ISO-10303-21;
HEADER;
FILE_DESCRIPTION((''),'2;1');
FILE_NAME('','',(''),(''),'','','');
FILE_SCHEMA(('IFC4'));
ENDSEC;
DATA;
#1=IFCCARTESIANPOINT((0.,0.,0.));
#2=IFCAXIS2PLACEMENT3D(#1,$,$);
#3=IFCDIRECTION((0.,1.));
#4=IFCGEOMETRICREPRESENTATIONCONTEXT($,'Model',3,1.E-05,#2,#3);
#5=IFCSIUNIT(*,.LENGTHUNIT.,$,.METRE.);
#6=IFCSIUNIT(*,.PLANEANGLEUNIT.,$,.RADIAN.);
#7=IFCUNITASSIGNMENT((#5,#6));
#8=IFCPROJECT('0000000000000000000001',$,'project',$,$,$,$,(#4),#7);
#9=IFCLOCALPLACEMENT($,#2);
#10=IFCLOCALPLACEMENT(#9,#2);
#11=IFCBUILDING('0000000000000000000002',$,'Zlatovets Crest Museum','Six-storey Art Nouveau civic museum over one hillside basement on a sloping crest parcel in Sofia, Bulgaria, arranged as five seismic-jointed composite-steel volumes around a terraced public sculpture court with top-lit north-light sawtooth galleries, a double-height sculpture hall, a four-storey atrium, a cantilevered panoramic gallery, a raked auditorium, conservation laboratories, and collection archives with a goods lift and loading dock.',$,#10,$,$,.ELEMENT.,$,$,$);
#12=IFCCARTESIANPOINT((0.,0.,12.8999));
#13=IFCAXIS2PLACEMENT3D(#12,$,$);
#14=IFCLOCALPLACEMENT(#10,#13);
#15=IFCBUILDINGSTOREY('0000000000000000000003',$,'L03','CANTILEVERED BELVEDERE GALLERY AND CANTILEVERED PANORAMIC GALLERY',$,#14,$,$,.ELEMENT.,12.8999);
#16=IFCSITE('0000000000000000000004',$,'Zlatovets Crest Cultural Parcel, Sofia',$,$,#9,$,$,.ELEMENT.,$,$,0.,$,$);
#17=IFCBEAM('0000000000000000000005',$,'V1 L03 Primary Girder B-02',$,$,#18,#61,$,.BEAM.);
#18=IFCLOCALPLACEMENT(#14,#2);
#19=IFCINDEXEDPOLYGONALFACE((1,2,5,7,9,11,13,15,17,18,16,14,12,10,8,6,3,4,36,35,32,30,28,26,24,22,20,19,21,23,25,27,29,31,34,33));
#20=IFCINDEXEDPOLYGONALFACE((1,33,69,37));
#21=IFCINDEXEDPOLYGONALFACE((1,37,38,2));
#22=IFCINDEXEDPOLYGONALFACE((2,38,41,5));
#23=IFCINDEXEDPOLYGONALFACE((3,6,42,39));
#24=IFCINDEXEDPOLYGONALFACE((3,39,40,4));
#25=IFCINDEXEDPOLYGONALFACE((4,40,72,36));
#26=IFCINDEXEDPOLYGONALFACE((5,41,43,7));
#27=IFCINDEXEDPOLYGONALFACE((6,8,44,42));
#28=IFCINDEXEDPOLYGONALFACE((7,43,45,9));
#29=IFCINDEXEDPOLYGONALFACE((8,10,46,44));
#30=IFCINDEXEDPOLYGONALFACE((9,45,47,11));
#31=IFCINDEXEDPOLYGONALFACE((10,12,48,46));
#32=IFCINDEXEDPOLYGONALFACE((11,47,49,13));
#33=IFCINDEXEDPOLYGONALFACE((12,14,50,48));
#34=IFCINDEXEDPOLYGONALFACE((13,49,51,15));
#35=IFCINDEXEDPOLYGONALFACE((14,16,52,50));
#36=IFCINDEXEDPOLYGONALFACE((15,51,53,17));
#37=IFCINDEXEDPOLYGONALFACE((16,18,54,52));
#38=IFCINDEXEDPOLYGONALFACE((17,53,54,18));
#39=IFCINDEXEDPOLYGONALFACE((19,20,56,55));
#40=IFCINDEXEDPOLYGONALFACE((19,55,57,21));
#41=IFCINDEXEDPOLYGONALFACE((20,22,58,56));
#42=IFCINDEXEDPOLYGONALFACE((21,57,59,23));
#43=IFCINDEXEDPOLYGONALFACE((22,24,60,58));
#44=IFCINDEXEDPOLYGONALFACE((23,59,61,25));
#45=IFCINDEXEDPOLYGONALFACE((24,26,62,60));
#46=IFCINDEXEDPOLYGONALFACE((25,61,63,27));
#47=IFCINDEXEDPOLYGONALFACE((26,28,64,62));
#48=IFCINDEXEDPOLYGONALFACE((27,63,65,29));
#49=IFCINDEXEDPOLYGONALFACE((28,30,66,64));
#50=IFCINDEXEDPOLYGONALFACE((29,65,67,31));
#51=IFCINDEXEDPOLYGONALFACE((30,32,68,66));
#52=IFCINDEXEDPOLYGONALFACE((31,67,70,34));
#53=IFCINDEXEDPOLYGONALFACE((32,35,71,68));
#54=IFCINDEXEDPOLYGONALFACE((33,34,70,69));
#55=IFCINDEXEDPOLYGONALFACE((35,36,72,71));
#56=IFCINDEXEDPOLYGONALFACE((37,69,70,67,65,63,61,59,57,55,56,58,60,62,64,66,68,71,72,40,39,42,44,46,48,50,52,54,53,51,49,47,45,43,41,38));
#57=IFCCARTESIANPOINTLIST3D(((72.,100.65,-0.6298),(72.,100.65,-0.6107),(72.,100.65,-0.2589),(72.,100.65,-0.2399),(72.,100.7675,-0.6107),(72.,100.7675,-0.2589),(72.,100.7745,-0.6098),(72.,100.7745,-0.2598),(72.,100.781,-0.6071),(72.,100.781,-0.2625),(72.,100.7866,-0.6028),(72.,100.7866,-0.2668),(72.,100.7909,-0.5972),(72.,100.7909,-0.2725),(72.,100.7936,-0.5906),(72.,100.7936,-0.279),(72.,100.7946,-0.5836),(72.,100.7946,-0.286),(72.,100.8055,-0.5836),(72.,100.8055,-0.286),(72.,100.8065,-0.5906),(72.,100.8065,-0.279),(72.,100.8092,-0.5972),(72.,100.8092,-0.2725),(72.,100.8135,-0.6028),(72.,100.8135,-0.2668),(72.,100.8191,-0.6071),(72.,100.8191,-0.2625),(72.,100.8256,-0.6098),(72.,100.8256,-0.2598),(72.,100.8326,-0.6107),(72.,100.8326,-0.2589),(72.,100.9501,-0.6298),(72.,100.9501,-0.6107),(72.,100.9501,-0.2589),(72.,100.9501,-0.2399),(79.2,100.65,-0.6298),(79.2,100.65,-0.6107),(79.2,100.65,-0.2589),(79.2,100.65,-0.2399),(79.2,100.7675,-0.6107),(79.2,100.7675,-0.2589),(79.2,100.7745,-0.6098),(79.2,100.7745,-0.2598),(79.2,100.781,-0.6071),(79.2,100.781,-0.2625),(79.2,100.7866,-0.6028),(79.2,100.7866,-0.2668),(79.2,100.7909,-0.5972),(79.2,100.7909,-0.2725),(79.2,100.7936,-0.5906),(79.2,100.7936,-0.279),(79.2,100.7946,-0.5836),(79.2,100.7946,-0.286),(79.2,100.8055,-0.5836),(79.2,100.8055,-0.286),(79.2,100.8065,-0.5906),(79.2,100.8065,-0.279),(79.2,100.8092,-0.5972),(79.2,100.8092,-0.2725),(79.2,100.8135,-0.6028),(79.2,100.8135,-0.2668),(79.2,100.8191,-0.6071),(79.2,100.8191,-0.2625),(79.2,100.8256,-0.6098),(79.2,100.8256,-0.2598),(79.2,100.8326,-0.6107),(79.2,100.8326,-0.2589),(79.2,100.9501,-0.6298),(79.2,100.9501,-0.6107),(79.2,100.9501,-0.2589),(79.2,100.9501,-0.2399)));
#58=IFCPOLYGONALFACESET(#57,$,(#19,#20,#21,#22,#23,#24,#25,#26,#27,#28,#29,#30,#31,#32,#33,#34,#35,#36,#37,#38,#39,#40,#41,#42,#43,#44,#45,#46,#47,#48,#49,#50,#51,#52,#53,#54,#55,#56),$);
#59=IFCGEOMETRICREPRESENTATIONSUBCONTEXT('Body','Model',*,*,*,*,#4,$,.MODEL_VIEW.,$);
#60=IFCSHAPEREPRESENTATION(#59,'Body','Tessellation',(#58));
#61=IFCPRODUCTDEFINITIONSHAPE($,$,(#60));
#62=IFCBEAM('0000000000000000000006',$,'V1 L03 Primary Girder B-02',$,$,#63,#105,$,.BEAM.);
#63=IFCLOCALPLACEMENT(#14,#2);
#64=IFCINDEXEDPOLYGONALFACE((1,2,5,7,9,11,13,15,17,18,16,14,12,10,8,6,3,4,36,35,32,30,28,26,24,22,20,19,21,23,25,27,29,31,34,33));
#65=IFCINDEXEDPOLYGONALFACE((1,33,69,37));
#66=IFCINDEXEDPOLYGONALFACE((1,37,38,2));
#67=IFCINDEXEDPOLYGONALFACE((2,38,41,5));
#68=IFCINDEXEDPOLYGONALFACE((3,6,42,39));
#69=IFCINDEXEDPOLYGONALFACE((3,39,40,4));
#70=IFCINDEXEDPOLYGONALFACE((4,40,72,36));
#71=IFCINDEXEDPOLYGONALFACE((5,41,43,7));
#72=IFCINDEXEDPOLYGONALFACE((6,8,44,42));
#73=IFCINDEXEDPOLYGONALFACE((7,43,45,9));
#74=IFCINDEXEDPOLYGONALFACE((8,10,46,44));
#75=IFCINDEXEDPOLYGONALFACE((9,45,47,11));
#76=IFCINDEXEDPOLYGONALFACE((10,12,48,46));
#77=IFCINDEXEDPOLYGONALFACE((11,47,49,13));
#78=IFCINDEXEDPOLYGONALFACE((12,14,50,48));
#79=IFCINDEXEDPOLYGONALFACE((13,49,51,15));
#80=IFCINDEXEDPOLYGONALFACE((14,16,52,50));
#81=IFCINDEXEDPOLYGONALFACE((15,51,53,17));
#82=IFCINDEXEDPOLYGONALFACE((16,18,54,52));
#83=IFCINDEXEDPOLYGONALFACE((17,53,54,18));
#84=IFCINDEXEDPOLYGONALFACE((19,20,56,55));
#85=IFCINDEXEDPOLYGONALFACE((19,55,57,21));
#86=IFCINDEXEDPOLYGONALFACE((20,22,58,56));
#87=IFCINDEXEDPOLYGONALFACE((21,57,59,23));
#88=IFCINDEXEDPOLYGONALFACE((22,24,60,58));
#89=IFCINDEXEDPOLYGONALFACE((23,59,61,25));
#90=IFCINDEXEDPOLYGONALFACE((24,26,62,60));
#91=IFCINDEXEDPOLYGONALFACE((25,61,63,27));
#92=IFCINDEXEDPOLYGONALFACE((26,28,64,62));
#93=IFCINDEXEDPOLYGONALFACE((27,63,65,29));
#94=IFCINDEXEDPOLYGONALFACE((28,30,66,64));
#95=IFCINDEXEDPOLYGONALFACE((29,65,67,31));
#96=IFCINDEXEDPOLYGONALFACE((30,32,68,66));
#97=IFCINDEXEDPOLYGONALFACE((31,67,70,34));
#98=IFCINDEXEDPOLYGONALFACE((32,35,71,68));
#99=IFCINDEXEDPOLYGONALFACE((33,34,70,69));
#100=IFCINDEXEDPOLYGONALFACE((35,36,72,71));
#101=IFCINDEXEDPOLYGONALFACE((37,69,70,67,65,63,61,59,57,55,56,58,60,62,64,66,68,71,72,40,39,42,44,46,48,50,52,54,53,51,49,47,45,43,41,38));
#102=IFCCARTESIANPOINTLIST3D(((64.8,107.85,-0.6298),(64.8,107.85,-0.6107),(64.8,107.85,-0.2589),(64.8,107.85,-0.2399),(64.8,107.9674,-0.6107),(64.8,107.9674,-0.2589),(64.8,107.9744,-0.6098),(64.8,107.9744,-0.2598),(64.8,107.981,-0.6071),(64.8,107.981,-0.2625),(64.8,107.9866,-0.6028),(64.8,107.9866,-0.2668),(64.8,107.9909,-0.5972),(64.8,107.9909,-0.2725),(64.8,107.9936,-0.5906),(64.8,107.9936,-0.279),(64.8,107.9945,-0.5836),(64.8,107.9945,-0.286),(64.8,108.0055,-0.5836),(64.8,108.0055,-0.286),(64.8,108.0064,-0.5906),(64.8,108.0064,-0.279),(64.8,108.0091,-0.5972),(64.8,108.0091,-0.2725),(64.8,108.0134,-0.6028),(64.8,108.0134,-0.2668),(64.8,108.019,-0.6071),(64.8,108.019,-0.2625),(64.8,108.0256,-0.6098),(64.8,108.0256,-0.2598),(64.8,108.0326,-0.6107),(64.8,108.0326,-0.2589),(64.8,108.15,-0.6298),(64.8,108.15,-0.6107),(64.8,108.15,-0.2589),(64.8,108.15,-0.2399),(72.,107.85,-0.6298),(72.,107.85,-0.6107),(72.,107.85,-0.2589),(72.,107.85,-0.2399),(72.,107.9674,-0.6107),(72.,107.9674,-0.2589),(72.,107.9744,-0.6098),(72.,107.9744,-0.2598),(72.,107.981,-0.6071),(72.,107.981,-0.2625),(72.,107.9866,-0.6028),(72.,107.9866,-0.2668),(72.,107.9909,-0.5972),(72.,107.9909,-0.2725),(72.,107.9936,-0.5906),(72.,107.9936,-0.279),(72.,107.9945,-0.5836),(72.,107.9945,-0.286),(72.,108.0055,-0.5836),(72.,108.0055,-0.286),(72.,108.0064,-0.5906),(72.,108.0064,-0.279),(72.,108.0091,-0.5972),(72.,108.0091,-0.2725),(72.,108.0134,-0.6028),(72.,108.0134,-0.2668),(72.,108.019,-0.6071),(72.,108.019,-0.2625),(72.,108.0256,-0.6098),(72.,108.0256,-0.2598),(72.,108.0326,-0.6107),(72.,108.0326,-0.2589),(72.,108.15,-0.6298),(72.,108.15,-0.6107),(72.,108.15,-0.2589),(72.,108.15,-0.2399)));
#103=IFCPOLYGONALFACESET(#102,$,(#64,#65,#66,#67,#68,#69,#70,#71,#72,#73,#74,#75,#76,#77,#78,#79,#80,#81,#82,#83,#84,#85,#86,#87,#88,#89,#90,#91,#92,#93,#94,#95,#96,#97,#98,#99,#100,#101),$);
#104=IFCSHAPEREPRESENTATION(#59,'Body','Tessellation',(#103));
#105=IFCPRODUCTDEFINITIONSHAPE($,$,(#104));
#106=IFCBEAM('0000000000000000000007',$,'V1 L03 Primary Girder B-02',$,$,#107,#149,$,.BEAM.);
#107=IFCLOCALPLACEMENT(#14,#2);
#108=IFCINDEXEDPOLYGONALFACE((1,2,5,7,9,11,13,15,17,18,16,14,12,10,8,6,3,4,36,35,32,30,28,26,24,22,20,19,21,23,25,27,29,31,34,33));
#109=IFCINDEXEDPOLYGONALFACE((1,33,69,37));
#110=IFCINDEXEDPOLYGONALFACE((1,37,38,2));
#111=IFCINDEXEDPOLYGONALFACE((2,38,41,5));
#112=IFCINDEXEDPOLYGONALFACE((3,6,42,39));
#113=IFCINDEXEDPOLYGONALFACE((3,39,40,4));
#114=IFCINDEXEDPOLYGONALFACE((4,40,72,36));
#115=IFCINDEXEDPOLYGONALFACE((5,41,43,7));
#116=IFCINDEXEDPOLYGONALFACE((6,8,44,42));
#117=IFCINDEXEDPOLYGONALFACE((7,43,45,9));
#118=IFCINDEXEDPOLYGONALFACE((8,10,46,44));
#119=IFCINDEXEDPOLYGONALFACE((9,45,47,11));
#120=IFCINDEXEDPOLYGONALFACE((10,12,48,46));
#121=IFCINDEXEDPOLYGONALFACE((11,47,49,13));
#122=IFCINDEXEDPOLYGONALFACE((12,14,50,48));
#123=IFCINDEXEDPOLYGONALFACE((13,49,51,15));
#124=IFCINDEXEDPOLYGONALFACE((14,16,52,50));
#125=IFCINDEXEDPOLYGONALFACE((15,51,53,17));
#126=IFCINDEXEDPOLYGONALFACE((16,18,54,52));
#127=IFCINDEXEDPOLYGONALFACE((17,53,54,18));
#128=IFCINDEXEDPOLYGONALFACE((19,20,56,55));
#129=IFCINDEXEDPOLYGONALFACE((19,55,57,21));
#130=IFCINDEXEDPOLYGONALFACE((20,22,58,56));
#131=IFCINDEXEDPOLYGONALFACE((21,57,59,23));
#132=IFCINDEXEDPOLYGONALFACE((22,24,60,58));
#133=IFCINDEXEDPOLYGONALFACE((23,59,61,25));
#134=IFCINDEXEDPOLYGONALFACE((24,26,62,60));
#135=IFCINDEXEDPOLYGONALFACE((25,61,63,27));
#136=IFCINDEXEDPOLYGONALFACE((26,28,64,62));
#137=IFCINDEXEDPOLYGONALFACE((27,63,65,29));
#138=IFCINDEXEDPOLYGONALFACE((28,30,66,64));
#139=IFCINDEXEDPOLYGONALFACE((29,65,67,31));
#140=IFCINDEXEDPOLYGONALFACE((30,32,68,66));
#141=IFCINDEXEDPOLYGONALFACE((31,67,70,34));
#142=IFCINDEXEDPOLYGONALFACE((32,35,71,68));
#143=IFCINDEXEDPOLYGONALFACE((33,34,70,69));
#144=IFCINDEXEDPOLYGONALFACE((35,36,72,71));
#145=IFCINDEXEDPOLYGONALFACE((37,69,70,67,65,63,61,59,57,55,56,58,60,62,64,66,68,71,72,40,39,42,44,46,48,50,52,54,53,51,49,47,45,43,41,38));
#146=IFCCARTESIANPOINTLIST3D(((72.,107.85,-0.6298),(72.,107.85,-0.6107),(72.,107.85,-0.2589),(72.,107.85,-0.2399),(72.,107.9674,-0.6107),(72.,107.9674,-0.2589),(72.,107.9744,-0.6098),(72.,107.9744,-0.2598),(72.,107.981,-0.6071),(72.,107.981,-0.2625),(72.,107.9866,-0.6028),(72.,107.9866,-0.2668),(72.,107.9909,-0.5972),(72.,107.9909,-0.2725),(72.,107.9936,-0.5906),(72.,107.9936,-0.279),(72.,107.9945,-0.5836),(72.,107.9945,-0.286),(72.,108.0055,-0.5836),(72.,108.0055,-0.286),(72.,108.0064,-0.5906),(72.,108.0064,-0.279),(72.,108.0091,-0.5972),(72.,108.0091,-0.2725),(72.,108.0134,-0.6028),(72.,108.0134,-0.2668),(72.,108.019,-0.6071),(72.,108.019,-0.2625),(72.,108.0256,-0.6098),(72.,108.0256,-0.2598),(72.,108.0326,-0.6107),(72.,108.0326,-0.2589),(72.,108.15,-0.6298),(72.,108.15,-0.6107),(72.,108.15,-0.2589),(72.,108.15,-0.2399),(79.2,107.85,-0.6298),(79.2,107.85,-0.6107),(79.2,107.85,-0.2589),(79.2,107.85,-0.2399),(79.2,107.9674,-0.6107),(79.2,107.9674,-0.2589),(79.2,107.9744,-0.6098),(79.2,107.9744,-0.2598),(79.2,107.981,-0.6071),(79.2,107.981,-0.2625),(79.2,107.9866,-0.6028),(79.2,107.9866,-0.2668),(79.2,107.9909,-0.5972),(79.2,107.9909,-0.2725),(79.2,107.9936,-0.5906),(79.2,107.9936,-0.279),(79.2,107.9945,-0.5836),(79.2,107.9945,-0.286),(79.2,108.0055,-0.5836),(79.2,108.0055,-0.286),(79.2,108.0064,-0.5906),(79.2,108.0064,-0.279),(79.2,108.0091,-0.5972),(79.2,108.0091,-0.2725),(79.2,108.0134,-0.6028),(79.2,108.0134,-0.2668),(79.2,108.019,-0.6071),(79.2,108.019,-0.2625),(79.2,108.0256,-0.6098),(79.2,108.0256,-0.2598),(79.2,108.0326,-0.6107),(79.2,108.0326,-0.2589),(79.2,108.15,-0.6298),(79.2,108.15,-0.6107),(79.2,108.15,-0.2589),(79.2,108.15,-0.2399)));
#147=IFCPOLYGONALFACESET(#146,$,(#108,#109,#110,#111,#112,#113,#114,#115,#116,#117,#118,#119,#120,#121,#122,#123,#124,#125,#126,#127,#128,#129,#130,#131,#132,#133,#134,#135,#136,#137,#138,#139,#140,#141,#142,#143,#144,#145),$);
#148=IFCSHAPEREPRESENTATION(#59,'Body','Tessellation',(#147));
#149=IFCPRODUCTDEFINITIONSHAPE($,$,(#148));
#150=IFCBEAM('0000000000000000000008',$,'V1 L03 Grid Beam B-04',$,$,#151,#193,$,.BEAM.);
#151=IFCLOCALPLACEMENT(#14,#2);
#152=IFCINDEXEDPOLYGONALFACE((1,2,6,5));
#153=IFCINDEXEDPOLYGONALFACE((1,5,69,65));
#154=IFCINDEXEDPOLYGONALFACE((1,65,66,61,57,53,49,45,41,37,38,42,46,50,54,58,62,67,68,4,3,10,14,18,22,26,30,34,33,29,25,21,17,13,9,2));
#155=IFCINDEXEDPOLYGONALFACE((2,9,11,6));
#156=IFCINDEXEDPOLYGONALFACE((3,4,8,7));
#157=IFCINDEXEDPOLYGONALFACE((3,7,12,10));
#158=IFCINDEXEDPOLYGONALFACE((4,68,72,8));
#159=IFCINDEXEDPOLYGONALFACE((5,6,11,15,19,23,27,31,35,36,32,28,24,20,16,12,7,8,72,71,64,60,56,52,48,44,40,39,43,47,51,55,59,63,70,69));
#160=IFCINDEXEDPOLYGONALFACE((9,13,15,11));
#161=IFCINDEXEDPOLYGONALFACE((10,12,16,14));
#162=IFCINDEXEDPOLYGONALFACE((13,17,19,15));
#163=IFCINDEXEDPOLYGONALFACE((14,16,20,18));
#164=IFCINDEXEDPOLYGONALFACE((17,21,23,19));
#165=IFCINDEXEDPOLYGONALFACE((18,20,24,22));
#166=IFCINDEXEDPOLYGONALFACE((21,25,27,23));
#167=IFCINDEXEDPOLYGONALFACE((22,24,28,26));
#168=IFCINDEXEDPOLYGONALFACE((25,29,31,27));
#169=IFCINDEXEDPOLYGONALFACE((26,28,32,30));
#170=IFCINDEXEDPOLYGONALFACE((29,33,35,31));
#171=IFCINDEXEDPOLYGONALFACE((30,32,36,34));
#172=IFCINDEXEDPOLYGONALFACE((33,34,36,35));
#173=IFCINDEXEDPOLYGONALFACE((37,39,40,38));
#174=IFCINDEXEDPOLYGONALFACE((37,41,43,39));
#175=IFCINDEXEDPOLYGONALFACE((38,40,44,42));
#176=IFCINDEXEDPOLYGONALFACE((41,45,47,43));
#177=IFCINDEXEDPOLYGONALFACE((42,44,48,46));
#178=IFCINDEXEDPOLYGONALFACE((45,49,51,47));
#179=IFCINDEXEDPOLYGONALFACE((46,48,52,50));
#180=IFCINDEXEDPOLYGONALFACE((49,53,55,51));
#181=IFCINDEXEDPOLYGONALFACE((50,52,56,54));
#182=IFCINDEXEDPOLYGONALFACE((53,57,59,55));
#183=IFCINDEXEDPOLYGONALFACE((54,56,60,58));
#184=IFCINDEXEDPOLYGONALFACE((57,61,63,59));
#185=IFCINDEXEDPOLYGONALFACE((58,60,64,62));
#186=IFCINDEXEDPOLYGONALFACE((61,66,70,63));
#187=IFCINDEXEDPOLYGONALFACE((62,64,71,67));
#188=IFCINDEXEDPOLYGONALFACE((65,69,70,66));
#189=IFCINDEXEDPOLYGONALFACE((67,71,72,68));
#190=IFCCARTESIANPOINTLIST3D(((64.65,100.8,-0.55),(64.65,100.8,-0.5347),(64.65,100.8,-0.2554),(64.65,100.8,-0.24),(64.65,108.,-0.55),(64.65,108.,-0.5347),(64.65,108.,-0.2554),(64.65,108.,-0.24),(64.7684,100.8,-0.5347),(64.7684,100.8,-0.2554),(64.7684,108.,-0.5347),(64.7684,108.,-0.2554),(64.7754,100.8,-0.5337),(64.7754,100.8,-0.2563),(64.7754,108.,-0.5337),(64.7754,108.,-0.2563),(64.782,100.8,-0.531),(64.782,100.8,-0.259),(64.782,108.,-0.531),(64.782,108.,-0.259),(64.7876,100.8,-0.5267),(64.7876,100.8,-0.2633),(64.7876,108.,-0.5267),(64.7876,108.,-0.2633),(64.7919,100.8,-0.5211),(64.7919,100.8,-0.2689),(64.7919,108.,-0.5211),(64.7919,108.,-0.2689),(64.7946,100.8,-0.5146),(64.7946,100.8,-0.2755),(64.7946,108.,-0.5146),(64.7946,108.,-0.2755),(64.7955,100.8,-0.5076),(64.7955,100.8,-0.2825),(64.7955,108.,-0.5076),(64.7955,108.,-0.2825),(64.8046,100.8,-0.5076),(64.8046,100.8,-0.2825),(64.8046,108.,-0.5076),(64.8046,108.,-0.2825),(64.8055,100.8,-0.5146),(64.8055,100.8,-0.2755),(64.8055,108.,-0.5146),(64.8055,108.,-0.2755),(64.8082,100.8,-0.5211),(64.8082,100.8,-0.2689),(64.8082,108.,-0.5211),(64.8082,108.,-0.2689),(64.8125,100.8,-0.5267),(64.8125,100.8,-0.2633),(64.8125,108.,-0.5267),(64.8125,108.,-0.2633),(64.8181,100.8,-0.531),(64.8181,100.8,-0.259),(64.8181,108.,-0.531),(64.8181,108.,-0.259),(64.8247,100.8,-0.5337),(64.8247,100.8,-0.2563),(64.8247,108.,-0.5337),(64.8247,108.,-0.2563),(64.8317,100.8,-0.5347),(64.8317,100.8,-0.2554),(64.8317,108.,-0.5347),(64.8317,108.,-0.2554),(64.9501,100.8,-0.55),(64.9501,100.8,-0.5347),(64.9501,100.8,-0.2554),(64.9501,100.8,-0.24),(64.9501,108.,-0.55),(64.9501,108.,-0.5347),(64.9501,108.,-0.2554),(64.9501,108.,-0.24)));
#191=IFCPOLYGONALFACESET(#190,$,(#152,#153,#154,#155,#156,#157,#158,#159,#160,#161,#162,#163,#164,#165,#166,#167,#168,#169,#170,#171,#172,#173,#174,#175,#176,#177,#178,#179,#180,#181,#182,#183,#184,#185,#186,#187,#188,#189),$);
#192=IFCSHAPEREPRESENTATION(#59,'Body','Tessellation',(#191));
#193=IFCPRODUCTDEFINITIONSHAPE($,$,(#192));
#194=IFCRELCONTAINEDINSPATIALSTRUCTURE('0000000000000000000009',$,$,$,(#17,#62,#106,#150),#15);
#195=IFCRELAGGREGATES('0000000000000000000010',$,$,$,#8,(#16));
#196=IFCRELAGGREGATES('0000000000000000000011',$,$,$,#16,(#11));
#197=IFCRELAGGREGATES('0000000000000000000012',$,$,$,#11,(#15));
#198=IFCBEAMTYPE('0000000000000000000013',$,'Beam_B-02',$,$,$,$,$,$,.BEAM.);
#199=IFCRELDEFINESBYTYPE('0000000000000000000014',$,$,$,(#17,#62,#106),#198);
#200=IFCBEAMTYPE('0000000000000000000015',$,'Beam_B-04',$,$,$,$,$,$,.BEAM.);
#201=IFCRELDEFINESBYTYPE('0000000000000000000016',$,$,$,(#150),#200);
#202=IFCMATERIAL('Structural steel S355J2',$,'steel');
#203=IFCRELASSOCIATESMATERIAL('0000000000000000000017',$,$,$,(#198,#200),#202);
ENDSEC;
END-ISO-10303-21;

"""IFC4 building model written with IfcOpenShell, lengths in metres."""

from ifc_helpers import new_model, si_unit, direction, frame, origin, origin_2d, place, context, subcontext, project, spatial, i_section, extrude, material, material_profile, profile_set, type_object, element, save


model = new_model("IFC4")

# Units and contexts
model_context = context("Model", 3, precision=1e-05, world=origin(), true_north=direction((0.0, 1.0)))
body_context = subcontext(model_context, "Body", "Model", "MODEL_VIEW")
ifc_project = project(units=[si_unit("LENGTHUNIT", "METRE"), si_unit("PLANEANGLEUNIT", "RADIAN")], contexts=[model_context])

# Site, building, storey
site_placement = place(None, origin())
site = spatial("IfcSite", under=ifc_project, at=site_placement, Name="Zlatovets Crest Cultural Parcel, Sofia", CompositionType="ELEMENT", RefElevation=0.0)
building_placement = place(site_placement, origin())
building = spatial("IfcBuilding", under=site, at=building_placement, Name="Zlatovets Crest Museum", Description="Six-storey Art Nouveau civic museum over one hillside basement on a sloping crest parcel in Sofia, Bulgaria, arranged as five seismic-jointed composite-steel volumes around a terraced public sculpture court with top-lit north-light sawtooth galleries, a double-height sculpture hall, a four-storey atrium, a cantilevered panoramic gallery, a raked auditorium, conservation laboratories, and collection archives with a goods lift and loading dock.", CompositionType="ELEMENT")
storey_placement = place(building_placement, frame((0.0, 0.0, 12.8999)))
storey = spatial("IfcBuildingStorey", under=building, at=storey_placement, Name="L03", Description="CANTILEVERED BELVEDERE GALLERY AND CANTILEVERED PANORAMIC GALLERY", CompositionType="ELEMENT", Elevation=12.8999)

# Shared definitions
ifc_material_1 = material(Name="Structural steel S355J2", Category="steel")

# Beams
ifc_material_profile_1 = material_profile(ifc_material_1, i_section(OverallWidth=0.3, OverallDepth=0.3899, WebThickness=0.011, FlangeThickness=0.019, FilletRadius=0.0271, at=origin_2d()), Name="HEA 400")
ifc_profile_set_1 = profile_set([ifc_material_profile_1], Name="Structural steel S355J2")
beam_type_1 = type_object("IfcBeamType", Name="Beam_B-02", PredefinedType="BEAM", material=ifc_profile_set_1)
for number, where, z_axis, x_axis, name in (
    (1, (72.0, 100.8, -0.4348), (1.0, 0.0, 0.0), (0.0, 1.0, 0.0), "V1 L03 Primary Girder B-02"),
    (2, (64.8, 108.0, -0.4348), (1.0, 0.0, 0.0), (0.0, 1.0, 0.0), "V1 L03 Primary Girder B-02"),
    (3, (72.0, 108.0, -0.4348), (1.0, 0.0, 0.0), (0.0, 1.0, 0.0), "V1 L03 Primary Girder B-02"),
):
    element("IfcBeam", number, at=place(storey_placement, frame(where, z_axis=z_axis, x_axis=x_axis)), inside=storey, type_object=beam_type_1, Name=name, PredefinedType="BEAM", context=body_context, shape_type="SweptSolid", body=[
        extrude(i_section(OverallWidth=0.3, OverallDepth=0.3899, WebThickness=0.011, FlangeThickness=0.019, FilletRadius=0.0271, at=origin_2d()), origin(), (0.0, 0.0, 1.0), 7.2),
    ])
ifc_material_profile_2 = material_profile(ifc_material_1, i_section(OverallWidth=0.3, OverallDepth=0.3101, WebThickness=0.009, FlangeThickness=0.0154, FilletRadius=0.0271, at=origin_2d()), Name="HEA 320")
ifc_profile_set_2 = profile_set([ifc_material_profile_2], Name="Structural steel S355J2")
beam_type_2 = type_object("IfcBeamType", Name="Beam_B-04", PredefinedType="BEAM", material=ifc_profile_set_2)
for number, where, z_axis, x_axis, name in (
    (4, (64.8, 100.8, -0.395), (0.0, 1.0, 0.0), (-1.0, 0.0, 0.0), "V1 L03 Grid Beam B-04"),
):
    element("IfcBeam", number, at=place(storey_placement, frame(where, z_axis=z_axis, x_axis=x_axis)), inside=storey, type_object=beam_type_2, Name=name, PredefinedType="BEAM", context=body_context, shape_type="SweptSolid", body=[
        extrude(i_section(OverallWidth=0.3, OverallDepth=0.3101, WebThickness=0.009, FlangeThickness=0.0154, FilletRadius=0.0271, at=origin_2d()), origin(), (0.0, 0.0, 1.0), 7.2),
    ])

save(model, "model.ifc")
